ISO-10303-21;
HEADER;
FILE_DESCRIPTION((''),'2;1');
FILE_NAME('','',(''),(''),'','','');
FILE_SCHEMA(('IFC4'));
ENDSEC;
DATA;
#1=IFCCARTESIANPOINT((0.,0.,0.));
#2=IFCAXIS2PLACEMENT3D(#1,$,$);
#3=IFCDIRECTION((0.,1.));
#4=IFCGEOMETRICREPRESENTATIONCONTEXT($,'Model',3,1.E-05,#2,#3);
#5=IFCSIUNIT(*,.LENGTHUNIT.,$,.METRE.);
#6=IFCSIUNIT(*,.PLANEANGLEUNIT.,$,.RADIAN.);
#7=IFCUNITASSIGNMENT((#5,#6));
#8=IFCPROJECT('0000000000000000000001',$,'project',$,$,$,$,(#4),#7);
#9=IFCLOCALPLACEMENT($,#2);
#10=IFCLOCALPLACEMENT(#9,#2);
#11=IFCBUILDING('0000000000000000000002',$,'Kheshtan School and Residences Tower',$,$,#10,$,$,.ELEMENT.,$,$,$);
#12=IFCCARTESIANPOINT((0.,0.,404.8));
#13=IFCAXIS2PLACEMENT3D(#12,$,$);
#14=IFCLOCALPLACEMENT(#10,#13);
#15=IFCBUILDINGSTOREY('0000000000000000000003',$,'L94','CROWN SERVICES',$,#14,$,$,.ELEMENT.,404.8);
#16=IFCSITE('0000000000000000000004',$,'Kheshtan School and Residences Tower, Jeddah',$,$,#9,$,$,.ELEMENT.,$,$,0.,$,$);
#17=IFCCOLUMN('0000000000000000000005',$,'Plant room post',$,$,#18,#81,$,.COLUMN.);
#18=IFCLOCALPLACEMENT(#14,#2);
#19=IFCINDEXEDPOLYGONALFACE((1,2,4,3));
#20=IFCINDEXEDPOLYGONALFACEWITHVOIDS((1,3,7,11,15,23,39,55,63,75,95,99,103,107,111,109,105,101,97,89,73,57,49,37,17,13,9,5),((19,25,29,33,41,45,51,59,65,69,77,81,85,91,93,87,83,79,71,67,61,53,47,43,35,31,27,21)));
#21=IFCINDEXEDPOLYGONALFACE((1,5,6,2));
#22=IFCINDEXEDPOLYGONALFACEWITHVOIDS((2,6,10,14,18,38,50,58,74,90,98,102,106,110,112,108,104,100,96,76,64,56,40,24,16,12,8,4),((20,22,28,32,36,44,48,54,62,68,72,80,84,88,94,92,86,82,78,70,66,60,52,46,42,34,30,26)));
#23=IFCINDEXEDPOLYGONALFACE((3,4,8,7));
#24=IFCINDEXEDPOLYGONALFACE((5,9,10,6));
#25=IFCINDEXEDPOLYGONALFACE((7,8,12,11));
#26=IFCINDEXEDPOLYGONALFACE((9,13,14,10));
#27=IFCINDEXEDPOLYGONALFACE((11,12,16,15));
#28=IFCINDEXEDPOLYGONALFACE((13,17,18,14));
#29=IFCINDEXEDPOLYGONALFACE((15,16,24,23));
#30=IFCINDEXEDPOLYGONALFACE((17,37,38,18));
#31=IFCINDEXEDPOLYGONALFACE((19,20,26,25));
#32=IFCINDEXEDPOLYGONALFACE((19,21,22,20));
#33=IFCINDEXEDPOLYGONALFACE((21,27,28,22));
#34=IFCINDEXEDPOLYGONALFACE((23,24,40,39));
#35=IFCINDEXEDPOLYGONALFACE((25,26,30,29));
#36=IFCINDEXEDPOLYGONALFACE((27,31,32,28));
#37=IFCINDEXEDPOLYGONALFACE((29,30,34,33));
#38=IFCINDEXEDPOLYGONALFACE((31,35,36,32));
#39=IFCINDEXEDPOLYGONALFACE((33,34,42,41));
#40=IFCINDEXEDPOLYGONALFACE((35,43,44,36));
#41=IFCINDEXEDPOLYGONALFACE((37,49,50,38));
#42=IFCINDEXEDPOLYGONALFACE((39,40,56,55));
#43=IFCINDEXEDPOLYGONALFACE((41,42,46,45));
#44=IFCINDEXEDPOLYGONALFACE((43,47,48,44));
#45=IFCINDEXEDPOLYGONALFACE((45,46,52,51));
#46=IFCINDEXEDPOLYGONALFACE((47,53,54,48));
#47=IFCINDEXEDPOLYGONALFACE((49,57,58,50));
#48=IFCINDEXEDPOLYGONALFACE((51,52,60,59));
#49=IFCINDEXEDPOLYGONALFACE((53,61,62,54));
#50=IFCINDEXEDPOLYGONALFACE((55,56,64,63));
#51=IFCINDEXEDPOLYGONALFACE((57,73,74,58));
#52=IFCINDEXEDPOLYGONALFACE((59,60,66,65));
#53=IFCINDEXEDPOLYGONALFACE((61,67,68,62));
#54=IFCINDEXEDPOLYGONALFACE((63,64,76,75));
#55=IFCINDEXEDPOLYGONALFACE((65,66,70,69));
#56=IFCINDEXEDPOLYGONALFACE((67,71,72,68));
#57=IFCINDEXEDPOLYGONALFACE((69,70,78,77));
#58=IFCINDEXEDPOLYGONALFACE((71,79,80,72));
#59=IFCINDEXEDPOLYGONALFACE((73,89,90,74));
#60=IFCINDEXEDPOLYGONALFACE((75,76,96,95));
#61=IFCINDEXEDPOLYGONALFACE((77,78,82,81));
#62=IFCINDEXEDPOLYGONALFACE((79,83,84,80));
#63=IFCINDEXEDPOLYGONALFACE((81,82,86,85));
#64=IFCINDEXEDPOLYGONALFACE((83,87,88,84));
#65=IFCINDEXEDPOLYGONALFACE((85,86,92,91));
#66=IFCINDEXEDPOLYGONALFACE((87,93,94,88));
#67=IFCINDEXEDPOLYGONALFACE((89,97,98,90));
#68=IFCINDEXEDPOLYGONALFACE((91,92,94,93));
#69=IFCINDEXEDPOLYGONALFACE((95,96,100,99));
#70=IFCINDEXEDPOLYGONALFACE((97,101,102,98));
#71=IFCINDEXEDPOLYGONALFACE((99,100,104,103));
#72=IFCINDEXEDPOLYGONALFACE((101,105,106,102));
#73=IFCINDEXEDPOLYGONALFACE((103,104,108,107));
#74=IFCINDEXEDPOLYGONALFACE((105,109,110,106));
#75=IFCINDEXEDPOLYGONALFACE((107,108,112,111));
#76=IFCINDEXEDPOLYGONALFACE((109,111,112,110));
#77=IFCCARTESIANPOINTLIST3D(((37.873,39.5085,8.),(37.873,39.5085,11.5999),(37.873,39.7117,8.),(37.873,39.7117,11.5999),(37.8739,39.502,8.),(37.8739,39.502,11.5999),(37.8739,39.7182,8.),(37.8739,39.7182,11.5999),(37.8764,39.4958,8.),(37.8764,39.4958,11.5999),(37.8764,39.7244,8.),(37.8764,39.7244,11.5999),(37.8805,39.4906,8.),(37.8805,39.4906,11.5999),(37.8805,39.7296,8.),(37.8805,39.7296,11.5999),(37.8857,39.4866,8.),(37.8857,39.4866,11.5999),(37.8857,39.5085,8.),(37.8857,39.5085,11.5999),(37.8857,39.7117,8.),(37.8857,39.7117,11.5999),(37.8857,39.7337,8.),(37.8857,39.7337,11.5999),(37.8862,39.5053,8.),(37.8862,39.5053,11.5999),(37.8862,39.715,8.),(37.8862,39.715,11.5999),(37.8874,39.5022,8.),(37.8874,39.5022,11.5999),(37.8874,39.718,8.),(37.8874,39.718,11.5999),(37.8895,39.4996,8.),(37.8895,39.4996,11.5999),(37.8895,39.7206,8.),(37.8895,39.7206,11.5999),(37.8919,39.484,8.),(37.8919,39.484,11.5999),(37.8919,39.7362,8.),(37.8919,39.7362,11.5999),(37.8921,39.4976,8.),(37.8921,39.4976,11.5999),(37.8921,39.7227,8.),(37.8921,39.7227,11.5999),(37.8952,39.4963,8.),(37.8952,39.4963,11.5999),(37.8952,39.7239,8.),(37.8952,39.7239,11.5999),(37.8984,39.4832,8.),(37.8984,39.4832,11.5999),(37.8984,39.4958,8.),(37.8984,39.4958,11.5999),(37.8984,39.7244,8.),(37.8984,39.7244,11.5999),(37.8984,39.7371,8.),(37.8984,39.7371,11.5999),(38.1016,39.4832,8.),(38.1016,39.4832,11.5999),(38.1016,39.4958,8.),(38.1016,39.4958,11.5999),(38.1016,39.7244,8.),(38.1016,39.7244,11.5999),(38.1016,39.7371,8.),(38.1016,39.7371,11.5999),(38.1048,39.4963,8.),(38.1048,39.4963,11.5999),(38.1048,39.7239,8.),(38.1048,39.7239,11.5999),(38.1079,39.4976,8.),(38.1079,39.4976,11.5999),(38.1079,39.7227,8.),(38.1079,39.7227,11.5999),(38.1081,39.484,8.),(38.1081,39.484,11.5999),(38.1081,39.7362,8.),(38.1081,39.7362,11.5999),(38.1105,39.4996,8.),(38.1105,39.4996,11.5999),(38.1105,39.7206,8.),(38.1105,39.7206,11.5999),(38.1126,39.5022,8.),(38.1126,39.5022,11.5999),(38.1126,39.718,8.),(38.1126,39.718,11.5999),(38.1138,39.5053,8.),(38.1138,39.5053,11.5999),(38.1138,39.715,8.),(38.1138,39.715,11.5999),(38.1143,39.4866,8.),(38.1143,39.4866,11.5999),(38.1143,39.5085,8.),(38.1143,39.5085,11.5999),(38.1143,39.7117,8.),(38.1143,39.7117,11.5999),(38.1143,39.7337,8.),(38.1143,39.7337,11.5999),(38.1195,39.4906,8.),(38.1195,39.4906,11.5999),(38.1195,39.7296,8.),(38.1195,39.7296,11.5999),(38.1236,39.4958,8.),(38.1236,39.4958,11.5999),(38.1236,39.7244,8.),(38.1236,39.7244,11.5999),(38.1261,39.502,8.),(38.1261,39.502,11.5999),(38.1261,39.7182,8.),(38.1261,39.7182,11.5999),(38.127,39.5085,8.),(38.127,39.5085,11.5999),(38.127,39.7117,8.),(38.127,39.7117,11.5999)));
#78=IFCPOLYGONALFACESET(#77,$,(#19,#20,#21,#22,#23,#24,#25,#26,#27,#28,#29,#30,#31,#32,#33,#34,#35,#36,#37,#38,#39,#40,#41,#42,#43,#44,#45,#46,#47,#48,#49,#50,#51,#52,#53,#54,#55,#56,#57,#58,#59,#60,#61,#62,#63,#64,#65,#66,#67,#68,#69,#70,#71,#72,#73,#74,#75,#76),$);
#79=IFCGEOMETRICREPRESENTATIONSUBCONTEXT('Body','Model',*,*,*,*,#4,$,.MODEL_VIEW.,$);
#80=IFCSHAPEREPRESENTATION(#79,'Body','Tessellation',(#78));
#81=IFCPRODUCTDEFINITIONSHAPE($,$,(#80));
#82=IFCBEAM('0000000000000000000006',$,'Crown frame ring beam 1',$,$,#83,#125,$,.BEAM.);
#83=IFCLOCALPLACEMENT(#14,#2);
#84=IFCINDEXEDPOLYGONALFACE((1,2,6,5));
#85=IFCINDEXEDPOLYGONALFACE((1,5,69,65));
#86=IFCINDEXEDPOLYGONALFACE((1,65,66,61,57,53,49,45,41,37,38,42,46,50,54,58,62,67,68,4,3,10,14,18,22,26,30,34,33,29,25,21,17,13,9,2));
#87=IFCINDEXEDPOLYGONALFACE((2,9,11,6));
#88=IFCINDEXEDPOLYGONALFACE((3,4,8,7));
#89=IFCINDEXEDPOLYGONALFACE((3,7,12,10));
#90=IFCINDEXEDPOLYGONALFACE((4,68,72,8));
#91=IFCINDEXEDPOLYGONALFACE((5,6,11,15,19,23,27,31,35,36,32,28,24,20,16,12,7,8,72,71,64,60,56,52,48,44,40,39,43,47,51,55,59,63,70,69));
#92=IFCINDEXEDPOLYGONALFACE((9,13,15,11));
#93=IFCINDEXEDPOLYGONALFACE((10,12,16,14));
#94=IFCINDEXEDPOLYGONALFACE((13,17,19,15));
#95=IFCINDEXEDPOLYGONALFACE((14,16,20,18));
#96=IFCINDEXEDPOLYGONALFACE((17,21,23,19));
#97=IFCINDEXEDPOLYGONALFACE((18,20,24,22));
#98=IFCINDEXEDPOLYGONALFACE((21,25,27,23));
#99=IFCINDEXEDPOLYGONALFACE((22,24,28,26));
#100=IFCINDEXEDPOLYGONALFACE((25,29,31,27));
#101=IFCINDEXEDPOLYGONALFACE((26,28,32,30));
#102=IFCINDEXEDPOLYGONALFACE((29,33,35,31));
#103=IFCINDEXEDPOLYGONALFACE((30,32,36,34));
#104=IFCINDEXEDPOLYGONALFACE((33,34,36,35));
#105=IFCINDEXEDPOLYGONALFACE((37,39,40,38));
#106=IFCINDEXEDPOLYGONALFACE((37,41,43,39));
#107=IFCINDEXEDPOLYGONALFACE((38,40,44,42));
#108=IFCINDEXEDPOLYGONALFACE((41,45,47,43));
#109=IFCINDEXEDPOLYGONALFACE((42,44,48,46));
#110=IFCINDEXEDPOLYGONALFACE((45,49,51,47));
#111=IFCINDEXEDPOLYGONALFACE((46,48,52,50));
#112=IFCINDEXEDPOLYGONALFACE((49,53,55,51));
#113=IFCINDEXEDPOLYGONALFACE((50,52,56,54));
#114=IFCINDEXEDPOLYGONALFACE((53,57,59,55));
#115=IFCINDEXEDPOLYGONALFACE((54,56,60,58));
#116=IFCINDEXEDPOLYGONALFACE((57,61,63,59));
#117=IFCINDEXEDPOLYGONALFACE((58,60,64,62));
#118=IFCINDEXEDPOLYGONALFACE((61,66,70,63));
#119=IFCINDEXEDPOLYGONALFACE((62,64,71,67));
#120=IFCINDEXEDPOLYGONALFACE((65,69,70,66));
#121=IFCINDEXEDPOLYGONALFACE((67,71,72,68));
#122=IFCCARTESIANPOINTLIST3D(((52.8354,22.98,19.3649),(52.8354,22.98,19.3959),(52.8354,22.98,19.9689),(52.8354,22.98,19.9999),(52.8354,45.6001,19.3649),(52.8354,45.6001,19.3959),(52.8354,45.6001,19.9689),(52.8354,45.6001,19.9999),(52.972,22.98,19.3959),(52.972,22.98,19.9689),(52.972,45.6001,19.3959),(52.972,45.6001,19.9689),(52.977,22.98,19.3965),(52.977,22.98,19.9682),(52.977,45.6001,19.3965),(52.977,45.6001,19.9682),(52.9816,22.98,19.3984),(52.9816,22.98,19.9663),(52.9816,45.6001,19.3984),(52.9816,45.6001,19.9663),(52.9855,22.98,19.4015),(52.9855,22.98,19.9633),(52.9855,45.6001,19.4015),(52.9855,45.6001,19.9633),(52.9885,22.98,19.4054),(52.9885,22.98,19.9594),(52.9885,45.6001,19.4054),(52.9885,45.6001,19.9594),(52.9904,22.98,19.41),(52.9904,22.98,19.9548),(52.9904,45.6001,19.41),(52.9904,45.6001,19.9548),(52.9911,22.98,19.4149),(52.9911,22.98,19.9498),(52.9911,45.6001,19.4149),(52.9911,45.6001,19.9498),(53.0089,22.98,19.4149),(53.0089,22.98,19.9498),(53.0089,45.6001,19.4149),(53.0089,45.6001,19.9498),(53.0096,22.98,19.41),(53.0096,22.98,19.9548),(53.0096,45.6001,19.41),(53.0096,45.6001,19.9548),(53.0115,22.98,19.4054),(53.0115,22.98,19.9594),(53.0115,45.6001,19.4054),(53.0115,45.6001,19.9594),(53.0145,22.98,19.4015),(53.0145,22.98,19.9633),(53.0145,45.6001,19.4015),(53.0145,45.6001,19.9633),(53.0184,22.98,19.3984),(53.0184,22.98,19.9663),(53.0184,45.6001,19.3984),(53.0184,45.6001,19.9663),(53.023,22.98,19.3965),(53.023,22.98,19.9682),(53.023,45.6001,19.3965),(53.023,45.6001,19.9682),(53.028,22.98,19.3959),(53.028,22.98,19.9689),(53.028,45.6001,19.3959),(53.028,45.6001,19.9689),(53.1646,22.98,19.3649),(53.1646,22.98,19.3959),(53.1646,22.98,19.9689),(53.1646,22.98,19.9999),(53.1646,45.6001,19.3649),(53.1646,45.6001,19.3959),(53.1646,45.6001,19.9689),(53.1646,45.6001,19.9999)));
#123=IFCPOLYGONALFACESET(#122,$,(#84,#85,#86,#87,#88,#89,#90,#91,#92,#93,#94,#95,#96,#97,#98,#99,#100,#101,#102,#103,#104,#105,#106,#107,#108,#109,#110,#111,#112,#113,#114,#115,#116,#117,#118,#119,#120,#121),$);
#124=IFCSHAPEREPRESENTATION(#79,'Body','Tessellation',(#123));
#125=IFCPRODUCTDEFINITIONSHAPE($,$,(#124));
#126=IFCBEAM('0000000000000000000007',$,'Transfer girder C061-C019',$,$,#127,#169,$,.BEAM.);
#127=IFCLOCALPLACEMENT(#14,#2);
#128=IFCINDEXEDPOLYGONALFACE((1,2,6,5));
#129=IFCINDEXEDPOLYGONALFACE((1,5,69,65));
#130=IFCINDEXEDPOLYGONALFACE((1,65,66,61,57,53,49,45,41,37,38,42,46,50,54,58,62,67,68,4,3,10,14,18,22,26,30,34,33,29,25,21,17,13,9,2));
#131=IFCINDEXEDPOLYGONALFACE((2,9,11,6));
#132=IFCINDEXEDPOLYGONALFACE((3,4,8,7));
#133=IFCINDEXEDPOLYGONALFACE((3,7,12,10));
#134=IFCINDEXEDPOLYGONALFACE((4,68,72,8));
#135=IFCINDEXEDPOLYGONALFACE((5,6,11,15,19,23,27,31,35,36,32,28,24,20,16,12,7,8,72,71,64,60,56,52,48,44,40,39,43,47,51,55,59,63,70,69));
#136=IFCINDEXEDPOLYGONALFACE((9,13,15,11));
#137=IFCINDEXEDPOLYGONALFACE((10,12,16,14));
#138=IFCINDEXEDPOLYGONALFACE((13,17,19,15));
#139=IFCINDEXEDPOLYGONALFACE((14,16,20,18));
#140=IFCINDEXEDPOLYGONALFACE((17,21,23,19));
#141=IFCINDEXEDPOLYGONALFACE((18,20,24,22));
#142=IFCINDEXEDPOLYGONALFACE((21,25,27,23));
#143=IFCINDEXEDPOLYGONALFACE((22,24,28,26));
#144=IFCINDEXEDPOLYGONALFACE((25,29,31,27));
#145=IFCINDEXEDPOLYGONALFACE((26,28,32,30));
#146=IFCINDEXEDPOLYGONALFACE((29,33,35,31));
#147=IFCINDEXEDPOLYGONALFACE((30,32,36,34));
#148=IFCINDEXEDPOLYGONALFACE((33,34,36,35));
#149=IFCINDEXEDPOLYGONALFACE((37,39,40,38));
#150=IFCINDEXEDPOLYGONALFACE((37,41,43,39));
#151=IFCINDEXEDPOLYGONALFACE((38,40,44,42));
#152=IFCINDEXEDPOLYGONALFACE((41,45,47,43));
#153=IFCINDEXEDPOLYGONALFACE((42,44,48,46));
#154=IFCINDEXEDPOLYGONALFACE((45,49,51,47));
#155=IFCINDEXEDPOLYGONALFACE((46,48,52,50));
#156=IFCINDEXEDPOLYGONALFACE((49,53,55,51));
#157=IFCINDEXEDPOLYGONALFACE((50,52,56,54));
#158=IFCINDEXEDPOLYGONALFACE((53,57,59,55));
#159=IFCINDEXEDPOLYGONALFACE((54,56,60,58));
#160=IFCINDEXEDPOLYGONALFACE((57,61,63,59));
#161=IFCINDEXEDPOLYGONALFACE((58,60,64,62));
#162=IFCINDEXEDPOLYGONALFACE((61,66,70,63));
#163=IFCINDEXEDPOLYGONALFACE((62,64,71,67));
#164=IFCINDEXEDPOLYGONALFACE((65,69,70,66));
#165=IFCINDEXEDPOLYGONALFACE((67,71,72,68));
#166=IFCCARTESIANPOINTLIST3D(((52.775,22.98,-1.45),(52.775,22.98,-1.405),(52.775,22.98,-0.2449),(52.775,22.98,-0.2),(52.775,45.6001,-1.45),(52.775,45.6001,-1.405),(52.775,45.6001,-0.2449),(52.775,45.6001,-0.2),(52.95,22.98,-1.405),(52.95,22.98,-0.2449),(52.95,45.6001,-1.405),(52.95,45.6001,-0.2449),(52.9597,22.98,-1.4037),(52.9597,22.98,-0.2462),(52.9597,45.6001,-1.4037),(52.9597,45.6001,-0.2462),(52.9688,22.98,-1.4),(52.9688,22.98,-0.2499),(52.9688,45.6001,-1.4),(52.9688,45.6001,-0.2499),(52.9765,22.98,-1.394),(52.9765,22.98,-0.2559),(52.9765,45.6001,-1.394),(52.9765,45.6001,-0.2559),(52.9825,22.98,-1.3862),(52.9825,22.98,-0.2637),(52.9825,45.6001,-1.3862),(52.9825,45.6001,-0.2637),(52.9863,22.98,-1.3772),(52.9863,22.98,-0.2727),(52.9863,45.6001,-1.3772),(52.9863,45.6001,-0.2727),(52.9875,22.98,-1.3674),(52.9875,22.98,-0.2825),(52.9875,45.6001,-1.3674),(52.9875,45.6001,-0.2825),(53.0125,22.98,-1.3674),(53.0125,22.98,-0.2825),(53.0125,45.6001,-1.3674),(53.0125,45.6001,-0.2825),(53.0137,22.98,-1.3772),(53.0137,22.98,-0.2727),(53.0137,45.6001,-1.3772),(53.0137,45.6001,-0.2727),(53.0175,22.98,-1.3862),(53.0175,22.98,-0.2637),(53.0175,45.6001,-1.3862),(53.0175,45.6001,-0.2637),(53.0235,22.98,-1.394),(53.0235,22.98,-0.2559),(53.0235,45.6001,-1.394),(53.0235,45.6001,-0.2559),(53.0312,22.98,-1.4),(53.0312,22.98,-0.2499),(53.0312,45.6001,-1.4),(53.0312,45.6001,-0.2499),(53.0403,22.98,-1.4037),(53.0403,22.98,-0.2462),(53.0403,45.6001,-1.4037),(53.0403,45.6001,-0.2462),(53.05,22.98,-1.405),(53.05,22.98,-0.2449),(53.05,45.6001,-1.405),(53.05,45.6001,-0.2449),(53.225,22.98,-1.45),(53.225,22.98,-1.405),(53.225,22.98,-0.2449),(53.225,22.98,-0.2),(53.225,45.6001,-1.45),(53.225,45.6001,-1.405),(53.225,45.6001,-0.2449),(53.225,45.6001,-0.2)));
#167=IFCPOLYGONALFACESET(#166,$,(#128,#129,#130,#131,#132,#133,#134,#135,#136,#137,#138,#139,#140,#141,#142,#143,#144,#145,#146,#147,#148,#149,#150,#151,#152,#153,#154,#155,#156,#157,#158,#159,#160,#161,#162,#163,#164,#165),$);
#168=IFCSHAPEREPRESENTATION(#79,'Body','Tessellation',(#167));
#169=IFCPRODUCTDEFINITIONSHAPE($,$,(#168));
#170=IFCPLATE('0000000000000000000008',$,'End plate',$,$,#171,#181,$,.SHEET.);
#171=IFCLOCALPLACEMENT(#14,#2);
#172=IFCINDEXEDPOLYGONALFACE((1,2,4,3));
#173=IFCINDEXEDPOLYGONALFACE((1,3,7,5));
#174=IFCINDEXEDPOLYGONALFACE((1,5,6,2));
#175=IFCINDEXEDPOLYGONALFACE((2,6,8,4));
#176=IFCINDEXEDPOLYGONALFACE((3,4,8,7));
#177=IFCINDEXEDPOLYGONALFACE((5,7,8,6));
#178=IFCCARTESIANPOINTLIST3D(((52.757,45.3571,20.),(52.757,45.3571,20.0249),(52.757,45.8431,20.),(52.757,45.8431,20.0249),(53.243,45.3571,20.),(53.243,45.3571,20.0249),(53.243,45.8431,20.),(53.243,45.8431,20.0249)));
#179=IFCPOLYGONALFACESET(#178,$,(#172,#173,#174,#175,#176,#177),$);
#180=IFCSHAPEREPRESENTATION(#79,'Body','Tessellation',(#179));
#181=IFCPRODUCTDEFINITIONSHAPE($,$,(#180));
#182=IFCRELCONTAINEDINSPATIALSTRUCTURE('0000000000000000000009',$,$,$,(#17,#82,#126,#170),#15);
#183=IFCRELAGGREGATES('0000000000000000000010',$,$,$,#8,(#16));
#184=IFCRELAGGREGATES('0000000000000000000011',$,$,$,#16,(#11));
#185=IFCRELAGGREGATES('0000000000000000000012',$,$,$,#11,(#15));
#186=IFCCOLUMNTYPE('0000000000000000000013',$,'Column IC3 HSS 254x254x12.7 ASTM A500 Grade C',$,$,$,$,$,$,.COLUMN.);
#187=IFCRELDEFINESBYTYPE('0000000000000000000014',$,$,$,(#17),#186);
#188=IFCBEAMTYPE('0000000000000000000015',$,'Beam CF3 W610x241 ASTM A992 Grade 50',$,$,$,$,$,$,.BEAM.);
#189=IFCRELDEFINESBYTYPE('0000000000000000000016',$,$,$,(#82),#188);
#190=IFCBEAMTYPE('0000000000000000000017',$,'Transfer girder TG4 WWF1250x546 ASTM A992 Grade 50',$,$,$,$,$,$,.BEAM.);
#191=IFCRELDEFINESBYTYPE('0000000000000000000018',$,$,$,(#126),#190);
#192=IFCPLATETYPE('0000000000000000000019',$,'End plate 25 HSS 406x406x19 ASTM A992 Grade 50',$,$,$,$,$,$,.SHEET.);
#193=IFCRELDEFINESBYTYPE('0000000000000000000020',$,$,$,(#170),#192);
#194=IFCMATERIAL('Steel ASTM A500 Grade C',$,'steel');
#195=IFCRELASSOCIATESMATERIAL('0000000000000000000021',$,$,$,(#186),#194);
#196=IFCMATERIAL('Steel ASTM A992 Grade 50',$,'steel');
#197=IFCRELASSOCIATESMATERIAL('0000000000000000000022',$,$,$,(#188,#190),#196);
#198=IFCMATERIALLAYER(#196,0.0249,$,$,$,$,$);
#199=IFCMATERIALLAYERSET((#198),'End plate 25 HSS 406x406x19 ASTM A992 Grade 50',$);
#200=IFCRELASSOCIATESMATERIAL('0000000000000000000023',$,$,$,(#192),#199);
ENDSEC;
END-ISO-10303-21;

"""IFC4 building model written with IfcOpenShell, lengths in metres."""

from ifc_helpers import new_model, si_unit, direction, frame, origin, origin_2d, place, context, subcontext, project, spatial, rectangle, hollow_rectangle, i_section, extrude, material, layer, layer_set, material_profile, profile_set, type_object, element, save


model = new_model("IFC4")

# Units and contexts
model_context = context("Model", 3, precision=1e-05, world=origin(), true_north=direction((0.0, 1.0)))
body_context = subcontext(model_context, "Body", "Model", "MODEL_VIEW")
ifc_project = project(units=[si_unit("LENGTHUNIT", "METRE"), si_unit("PLANEANGLEUNIT", "RADIAN")], contexts=[model_context])

# Site, building, storey
site_placement = place(None, origin())
site = spatial("IfcSite", under=ifc_project, at=site_placement, Name="Kheshtan School and Residences Tower, Jeddah", CompositionType="ELEMENT", RefElevation=0.0)
building_placement = place(site_placement, origin())
building = spatial("IfcBuilding", under=site, at=building_placement, Name="Kheshtan School and Residences Tower", CompositionType="ELEMENT")
storey_placement = place(building_placement, frame((0.0, 0.0, 404.8)))
storey = spatial("IfcBuildingStorey", under=building, at=storey_placement, Name="L94", Description="CROWN SERVICES", CompositionType="ELEMENT", Elevation=404.8)

# Column
ifc_material_1 = material(Name="Steel ASTM A500 Grade C", Category="steel")
ifc_material_profile_1 = material_profile(ifc_material_1, hollow_rectangle(XDim=0.2539, YDim=0.2539, WallThickness=0.0127, InnerFilletRadius=0.0127, OuterFilletRadius=0.0254, at=origin_2d()), Name="HSS 254x254x12.7")
ifc_profile_set_1 = profile_set([ifc_material_profile_1], Name="Steel ASTM A500 Grade C")
column_type_1 = type_object("IfcColumnType", Name="Column IC3 HSS 254x254x12.7 ASTM A500 Grade C", PredefinedType="COLUMN", material=ifc_profile_set_1)
for number, where, z_axis, x_axis, name in (
    (1, (38.0, 39.6101, 8.0), (0.0, 0.0, 1.0), (1.0, 0.0, 0.0), "Plant room post"),
):
    element("IfcColumn", number, at=place(storey_placement, frame(where, z_axis=z_axis, x_axis=x_axis)), inside=storey, type_object=column_type_1, Name=name, PredefinedType="COLUMN", context=body_context, shape_type="SweptSolid", body=[
        extrude(hollow_rectangle(XDim=0.2539, YDim=0.2539, WallThickness=0.0127, InnerFilletRadius=0.0127, OuterFilletRadius=0.0254, at=origin_2d()), origin(), (0.0, 0.0, 1.0), 3.5999),
    ])

# Beams
ifc_material_2 = material(Name="Steel ASTM A992 Grade 50", Category="steel")
ifc_material_profile_2 = material_profile(ifc_material_2, i_section(OverallWidth=0.3291, OverallDepth=0.635, WebThickness=0.0178, FlangeThickness=0.031, FilletRadius=0.019, at=origin_2d()), Name="W610x241")
ifc_profile_set_2 = profile_set([ifc_material_profile_2], Name="Steel ASTM A992 Grade 50")
beam_type_1 = type_object("IfcBeamType", Name="Beam CF3 W610x241 ASTM A992 Grade 50", PredefinedType="BEAM", material=ifc_profile_set_2)
beam_1_placement = place(storey_placement, frame((53.0, 45.6001, 19.6824), z_axis=(0.0, -1.0, 0.0), x_axis=(1.0, 0.0, 0.0)))
element("IfcBeam", 2, at=beam_1_placement, inside=storey, type_object=beam_type_1, Name="Crown frame ring beam 1", PredefinedType="BEAM", context=body_context, shape_type="SweptSolid", body=[
    extrude(i_section(OverallWidth=0.3291, OverallDepth=0.635, WebThickness=0.0178, FlangeThickness=0.031, FilletRadius=0.019, at=origin_2d()), origin(), (0.0, 0.0, 1.0), 22.6201),
])
ifc_material_profile_3 = material_profile(ifc_material_2, i_section(OverallWidth=0.45, OverallDepth=1.25, WebThickness=0.0249, FlangeThickness=0.0449, FilletRadius=0.0376, at=origin_2d()), Name="WWF1250x546")
ifc_profile_set_3 = profile_set([ifc_material_profile_3], Name="Steel ASTM A992 Grade 50")
beam_type_2 = type_object("IfcBeamType", Name="Transfer girder TG4 WWF1250x546 ASTM A992 Grade 50", PredefinedType="BEAM", material=ifc_profile_set_3)
beam_2_placement = place(storey_placement, frame((53.0, 45.6001, -0.825), z_axis=(0.0, -1.0, 0.0), x_axis=(1.0, 0.0, 0.0)))
element("IfcBeam", 3, at=beam_2_placement, inside=storey, type_object=beam_type_2, Name="Transfer girder C061-C019", PredefinedType="BEAM", context=body_context, shape_type="SweptSolid", body=[
    extrude(i_section(OverallWidth=0.45, OverallDepth=1.25, WebThickness=0.0249, FlangeThickness=0.0449, FilletRadius=0.0376, at=origin_2d()), origin(), (0.0, 0.0, 1.0), 22.6201),
])

# Plate
ifc_layer_1 = layer(ifc_material_2, 0.0249)
ifc_layer_set_1 = layer_set([ifc_layer_1], Name="End plate 25 HSS 406x406x19 ASTM A992 Grade 50")
plate_type = type_object("IfcPlateType", Name="End plate 25 HSS 406x406x19 ASTM A992 Grade 50", PredefinedType="SHEET", material=ifc_layer_set_1)
plate_placement = place(storey_placement, frame((53.0, 45.6001, 20.0), z_axis=(0.0, 0.0, 1.0), x_axis=(1.0, 0.0, 0.0)))
element("IfcPlate", 4, at=plate_placement, inside=storey, type_object=plate_type, Name="End plate", PredefinedType="SHEET", context=body_context, shape_type="SweptSolid", body=[
    extrude(rectangle(XDim=0.4861, YDim=0.4861, at=origin_2d()), origin(), (0.0, 0.0, 1.0), 0.0249),
])

save(model, "model.ifc")
